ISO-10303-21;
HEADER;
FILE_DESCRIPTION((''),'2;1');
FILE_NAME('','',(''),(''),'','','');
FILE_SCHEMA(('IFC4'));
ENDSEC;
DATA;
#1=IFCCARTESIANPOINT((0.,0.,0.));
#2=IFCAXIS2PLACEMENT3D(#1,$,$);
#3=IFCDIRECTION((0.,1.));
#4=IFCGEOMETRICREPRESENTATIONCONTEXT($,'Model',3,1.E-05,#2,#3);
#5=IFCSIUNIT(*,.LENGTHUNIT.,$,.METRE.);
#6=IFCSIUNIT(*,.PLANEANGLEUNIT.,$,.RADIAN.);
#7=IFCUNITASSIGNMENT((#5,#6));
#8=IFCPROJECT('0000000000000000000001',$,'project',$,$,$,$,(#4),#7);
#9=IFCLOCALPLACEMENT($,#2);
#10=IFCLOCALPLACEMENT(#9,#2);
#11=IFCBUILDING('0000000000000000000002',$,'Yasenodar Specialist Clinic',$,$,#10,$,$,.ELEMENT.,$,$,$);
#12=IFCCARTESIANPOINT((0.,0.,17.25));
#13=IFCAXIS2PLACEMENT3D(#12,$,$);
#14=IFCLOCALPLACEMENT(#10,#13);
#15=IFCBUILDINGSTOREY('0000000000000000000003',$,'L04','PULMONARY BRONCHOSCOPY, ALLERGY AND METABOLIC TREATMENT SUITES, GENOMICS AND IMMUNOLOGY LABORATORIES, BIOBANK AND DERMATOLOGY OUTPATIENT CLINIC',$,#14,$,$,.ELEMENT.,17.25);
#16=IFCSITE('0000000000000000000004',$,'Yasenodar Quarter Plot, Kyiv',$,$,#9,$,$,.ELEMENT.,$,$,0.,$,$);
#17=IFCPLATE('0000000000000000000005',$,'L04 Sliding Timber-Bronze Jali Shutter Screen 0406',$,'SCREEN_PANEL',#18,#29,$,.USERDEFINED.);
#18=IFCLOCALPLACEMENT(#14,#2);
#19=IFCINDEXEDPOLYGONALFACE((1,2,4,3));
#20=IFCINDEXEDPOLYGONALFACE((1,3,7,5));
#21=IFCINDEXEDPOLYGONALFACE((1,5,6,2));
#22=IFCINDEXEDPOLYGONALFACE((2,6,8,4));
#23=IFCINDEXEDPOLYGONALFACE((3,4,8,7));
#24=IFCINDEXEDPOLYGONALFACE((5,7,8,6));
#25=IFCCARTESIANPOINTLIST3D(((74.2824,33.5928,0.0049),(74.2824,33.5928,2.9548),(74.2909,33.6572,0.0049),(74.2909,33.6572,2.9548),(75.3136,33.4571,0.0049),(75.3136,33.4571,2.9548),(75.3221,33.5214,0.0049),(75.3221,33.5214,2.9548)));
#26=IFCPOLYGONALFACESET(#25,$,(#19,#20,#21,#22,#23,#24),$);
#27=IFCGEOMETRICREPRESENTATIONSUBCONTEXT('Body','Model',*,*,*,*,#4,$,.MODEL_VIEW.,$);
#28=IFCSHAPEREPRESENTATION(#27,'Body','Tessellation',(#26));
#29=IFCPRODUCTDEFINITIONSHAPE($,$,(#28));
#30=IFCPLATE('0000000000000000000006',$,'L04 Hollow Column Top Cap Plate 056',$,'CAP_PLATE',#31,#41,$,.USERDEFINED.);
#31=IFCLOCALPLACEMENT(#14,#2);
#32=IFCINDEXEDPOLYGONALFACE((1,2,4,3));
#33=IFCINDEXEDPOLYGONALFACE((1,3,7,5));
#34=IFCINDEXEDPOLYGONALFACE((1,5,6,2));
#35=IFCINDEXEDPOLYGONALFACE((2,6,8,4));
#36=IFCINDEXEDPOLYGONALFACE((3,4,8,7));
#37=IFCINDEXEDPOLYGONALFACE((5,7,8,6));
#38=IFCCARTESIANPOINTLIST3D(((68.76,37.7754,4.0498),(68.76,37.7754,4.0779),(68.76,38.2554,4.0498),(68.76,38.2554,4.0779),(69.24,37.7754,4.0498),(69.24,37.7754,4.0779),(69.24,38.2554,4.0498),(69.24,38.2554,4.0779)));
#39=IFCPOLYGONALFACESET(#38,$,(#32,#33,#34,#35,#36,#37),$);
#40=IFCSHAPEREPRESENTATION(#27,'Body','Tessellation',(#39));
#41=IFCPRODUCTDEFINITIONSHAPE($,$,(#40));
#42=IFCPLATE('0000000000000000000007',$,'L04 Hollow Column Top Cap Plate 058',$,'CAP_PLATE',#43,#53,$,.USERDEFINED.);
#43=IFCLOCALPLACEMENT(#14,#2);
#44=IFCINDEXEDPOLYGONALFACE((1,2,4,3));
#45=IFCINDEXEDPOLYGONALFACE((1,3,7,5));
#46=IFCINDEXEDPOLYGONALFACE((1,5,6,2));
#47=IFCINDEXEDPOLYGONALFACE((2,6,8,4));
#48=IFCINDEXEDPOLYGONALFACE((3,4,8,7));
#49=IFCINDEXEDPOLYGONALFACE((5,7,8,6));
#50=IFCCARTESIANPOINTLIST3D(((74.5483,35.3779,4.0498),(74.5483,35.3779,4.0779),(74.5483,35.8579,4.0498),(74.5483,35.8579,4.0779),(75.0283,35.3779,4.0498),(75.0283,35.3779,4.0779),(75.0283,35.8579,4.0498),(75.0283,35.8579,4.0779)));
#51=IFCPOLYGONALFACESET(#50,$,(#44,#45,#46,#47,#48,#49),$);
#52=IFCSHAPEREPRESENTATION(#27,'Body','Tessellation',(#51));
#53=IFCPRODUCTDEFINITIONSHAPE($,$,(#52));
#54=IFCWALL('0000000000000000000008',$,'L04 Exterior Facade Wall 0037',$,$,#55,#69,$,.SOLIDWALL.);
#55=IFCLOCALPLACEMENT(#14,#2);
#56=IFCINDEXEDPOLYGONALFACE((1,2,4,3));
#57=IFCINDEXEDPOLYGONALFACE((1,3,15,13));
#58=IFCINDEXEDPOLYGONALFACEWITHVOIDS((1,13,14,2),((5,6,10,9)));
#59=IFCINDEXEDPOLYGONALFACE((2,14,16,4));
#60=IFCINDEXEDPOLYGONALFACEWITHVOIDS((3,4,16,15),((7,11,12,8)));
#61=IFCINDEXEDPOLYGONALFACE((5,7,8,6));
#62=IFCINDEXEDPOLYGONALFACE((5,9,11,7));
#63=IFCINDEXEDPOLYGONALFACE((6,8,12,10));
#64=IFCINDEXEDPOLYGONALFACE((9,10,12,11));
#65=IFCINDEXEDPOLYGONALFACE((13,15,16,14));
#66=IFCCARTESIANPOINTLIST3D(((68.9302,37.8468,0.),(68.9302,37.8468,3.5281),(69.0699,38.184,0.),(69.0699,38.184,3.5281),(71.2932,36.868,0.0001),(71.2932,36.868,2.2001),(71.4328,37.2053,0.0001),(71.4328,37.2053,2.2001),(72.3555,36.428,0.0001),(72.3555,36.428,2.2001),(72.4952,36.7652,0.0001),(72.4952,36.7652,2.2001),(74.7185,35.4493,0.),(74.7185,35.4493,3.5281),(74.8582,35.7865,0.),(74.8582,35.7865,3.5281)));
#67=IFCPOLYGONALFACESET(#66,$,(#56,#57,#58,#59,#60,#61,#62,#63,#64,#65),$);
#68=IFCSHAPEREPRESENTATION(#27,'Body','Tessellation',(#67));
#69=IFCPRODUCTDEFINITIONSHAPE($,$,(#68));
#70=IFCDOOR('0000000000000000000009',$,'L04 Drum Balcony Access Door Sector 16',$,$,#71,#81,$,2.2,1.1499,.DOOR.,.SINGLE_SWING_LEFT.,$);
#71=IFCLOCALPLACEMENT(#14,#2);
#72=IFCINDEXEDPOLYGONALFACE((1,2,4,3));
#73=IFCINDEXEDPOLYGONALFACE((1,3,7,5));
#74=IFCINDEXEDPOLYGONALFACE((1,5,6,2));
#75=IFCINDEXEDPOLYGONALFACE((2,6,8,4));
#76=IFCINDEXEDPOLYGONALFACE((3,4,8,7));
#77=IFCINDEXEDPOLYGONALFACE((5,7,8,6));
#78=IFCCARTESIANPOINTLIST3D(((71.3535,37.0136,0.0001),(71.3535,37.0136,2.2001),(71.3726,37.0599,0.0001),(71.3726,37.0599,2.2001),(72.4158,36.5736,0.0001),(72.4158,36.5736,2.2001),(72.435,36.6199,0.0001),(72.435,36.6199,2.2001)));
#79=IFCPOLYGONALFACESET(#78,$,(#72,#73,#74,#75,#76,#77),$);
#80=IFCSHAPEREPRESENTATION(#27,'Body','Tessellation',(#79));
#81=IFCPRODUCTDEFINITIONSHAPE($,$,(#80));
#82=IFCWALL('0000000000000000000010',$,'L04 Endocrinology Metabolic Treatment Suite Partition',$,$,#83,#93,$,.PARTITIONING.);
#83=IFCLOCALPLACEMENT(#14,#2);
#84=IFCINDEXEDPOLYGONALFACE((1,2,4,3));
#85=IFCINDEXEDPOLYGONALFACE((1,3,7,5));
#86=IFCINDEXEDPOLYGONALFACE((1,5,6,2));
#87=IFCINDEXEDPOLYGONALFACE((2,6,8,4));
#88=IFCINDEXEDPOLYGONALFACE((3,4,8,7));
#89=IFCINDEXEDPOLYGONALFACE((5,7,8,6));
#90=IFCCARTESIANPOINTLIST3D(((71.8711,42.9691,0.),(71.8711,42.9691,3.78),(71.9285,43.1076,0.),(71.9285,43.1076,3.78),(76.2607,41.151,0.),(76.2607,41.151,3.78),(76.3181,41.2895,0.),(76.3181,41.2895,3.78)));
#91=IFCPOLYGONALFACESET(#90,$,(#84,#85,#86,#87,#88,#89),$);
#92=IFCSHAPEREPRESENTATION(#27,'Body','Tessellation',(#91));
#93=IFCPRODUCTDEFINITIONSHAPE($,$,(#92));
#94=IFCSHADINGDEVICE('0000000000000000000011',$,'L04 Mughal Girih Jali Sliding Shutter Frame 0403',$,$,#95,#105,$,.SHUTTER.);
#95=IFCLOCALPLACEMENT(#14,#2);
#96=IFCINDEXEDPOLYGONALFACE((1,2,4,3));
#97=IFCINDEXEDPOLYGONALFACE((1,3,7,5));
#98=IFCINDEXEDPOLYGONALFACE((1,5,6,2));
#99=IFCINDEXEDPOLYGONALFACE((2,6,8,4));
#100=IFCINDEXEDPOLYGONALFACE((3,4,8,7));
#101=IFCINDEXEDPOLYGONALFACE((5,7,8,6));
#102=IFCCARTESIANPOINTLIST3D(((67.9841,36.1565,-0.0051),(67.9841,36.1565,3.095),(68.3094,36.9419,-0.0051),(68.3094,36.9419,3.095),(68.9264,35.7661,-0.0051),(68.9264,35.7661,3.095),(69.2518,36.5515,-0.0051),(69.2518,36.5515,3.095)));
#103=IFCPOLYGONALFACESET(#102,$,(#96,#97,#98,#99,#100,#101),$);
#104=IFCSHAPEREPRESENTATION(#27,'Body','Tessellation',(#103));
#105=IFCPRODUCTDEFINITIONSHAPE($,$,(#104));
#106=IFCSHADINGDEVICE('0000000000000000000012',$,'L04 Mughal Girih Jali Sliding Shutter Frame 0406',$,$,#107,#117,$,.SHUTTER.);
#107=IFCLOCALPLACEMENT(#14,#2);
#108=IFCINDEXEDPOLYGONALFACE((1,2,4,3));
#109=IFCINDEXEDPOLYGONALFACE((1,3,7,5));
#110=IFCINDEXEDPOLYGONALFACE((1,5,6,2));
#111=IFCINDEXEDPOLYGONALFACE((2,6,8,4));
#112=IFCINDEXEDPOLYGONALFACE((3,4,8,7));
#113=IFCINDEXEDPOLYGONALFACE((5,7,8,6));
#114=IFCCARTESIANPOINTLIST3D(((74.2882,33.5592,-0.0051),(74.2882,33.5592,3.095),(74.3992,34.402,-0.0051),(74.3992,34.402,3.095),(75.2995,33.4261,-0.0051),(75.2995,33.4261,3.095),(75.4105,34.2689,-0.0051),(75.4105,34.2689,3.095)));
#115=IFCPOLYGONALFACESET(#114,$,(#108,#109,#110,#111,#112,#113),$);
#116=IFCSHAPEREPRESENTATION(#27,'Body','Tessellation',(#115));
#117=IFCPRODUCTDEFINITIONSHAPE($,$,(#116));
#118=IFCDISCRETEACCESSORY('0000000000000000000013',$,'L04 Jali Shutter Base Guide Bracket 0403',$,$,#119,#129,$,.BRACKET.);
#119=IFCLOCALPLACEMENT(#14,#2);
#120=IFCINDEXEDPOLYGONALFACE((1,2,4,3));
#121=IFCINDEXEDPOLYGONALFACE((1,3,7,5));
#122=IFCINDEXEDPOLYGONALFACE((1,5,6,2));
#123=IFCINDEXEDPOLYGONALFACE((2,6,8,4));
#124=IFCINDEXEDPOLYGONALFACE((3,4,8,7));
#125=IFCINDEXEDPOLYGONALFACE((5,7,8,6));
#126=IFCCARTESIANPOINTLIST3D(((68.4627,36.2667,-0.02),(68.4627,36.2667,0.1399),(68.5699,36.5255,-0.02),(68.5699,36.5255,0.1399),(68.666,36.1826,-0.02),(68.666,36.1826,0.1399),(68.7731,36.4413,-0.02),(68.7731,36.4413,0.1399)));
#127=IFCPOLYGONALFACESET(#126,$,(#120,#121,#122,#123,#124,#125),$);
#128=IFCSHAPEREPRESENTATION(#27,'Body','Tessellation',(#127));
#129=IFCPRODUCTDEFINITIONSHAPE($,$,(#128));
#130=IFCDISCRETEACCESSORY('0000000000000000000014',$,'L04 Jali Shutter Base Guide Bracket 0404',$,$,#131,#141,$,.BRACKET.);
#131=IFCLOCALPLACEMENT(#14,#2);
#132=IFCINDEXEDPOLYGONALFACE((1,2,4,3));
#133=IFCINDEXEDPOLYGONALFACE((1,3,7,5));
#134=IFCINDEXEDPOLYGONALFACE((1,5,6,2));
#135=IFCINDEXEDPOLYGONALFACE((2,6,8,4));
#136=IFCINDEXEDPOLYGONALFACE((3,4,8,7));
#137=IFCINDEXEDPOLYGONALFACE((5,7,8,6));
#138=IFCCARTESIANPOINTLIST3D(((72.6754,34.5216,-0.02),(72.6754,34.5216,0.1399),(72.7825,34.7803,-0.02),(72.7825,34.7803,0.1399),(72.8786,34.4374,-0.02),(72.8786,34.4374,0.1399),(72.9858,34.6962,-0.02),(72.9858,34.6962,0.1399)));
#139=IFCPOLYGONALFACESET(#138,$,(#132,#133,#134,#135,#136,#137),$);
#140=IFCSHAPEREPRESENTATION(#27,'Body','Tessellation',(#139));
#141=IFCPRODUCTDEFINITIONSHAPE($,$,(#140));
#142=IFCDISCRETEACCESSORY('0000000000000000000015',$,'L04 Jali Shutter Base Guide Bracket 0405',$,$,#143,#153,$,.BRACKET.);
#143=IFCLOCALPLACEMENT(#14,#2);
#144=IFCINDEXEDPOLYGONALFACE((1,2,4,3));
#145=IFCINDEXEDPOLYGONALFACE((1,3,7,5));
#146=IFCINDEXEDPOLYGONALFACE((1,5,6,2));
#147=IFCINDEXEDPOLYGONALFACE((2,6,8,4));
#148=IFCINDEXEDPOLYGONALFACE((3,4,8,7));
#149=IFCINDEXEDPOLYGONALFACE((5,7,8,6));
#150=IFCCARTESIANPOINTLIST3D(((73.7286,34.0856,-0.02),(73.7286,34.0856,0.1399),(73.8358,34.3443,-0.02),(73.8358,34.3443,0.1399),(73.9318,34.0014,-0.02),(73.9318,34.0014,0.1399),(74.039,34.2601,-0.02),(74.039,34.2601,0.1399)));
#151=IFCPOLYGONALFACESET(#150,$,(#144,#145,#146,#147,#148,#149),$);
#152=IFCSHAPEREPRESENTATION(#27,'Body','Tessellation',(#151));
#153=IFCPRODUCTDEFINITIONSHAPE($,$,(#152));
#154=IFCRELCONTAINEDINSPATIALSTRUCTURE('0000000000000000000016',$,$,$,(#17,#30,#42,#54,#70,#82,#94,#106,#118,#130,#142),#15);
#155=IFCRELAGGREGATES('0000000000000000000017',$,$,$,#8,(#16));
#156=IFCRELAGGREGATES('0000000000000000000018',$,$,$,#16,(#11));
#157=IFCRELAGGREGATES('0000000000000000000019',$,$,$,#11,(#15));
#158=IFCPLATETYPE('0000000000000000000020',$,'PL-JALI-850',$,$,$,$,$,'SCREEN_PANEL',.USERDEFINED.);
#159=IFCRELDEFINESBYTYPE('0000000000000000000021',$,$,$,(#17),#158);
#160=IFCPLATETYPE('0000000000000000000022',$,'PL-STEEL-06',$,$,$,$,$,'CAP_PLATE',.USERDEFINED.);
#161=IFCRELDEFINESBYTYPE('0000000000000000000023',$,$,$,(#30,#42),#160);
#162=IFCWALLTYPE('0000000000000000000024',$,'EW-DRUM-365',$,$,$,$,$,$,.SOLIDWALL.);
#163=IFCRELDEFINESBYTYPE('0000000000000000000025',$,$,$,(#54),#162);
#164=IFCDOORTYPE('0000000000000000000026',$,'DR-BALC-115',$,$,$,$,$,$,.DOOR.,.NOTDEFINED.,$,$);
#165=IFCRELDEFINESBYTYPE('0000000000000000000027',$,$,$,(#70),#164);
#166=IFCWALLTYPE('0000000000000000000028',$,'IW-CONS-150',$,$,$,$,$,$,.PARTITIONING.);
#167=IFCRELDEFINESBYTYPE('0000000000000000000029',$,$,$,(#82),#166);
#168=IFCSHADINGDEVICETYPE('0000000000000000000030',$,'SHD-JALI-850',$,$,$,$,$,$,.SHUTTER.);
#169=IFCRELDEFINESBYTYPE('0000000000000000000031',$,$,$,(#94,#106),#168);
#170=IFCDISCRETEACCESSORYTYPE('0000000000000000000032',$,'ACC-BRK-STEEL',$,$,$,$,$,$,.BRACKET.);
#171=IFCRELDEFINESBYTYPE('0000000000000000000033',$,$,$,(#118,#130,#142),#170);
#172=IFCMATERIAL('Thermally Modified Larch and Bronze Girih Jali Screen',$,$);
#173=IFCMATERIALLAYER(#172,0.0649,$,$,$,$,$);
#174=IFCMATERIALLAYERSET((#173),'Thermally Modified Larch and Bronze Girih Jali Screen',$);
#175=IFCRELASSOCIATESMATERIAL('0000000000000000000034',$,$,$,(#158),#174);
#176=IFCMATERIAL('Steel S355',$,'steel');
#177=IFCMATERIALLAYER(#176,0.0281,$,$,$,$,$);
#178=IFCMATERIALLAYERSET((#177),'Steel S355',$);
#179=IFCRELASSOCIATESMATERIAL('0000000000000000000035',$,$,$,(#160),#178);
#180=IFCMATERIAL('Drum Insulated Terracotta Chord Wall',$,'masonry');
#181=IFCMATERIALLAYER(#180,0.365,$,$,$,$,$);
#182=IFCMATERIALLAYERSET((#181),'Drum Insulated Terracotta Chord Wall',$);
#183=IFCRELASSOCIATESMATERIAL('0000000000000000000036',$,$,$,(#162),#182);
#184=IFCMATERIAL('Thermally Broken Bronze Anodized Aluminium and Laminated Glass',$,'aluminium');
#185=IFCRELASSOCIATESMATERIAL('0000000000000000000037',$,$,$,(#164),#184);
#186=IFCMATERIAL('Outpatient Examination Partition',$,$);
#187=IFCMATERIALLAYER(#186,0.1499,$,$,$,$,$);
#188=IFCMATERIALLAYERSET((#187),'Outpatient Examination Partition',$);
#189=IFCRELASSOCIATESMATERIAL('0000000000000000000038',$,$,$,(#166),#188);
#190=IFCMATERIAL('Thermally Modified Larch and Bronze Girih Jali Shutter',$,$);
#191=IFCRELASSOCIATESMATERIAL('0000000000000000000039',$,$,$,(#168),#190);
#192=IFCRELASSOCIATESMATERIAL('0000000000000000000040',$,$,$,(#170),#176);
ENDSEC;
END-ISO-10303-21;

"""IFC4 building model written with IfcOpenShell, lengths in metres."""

from ifc_helpers import new_model, si_unit, direction, frame, frame_2d, origin, origin_2d, place, context, subcontext, project, spatial, rectangle, extrude, material, layer, layer_set, type_object, element, fill, save


model = new_model("IFC4")

# Units and contexts
model_context = context("Model", 3, precision=1e-05, world=origin(), true_north=direction((0.0, 1.0)))
body_context = subcontext(model_context, "Body", "Model", "MODEL_VIEW")
ifc_project = project(units=[si_unit("LENGTHUNIT", "METRE"), si_unit("PLANEANGLEUNIT", "RADIAN")], contexts=[model_context])

# Site, building, storey
site_placement = place(None, origin())
site = spatial("IfcSite", under=ifc_project, at=site_placement, Name="Yasenodar Quarter Plot, Kyiv", CompositionType="ELEMENT", RefElevation=0.0)
building_placement = place(site_placement, origin())
building = spatial("IfcBuilding", under=site, at=building_placement, Name="Yasenodar Specialist Clinic", CompositionType="ELEMENT")
storey_placement = place(building_placement, frame((0.0, 0.0, 17.25)))
storey = spatial("IfcBuildingStorey", under=building, at=storey_placement, Name="L04", Description="PULMONARY BRONCHOSCOPY, ALLERGY AND METABOLIC TREATMENT SUITES, GENOMICS AND IMMUNOLOGY LABORATORIES, BIOBANK AND DERMATOLOGY OUTPATIENT CLINIC", CompositionType="ELEMENT", Elevation=17.25)

# Shared definitions
ifc_material_1 = material(Name="Steel S355", Category="steel")

# Plates
ifc_material_2 = material(Name="Thermally Modified Larch and Bronze Girih Jali Screen")
ifc_layer_1 = layer(ifc_material_2, 0.0649)
ifc_layer_set_1 = layer_set([ifc_layer_1], Name="Thermally Modified Larch and Bronze Girih Jali Screen")
plate_type_1 = type_object("IfcPlateType", Name="PL-JALI-850", ElementType="SCREEN_PANEL", PredefinedType="USERDEFINED", material=ifc_layer_set_1)
for number, where, z_axis, x_axis, name in (
    (1, (74.8022, 33.5571, 0.0049), (0.0, 0.0, 1.0), (0.991446, -0.130519, 0.0), "L04 Sliding Timber-Bronze Jali Shutter Screen 0406"),
):
    element("IfcPlate", number, at=place(storey_placement, frame(where, z_axis=z_axis, x_axis=x_axis)), inside=storey, type_object=plate_type_1, Name=name, ObjectType="SCREEN_PANEL", PredefinedType="USERDEFINED", context=body_context, shape_type="SweptSolid", body=[
        extrude(rectangle(XDim=1.04, YDim=0.0649, at=origin_2d()), origin(), (0.0, 0.0, 1.0), 2.95),
    ])
ifc_layer_2 = layer(ifc_material_1, 0.0281)
ifc_layer_set_2 = layer_set([ifc_layer_2], Name="Steel S355")
plate_type_2 = type_object("IfcPlateType", Name="PL-STEEL-06", ElementType="CAP_PLATE", PredefinedType="USERDEFINED", material=ifc_layer_set_2)
for number, where, z_axis, x_axis, name in (
    (2, (69.0, 38.0154, 4.0498), (0.0, 0.0, 1.0), (1.0, 0.0, 0.0), "L04 Hollow Column Top Cap Plate 056"),
    (3, (74.7883, 35.6179, 4.0498), (0.0, 0.0, 1.0), (1.0, 0.0, 0.0), "L04 Hollow Column Top Cap Plate 058"),
):
    element("IfcPlate", number, at=place(storey_placement, frame(where, z_axis=z_axis, x_axis=x_axis)), inside=storey, type_object=plate_type_2, Name=name, ObjectType="CAP_PLATE", PredefinedType="USERDEFINED", context=body_context, shape_type="SweptSolid", body=[
        extrude(rectangle(XDim=0.48, YDim=0.48, at=origin_2d()), origin(), (0.0, 0.0, 1.0), 0.0281),
    ])

# Wall, opening, door
ifc_material_3 = material(Name="Drum Insulated Terracotta Chord Wall", Category="masonry")
ifc_layer_3 = layer(ifc_material_3, 0.365)
ifc_layer_set_3 = layer_set([ifc_layer_3], Name="Drum Insulated Terracotta Chord Wall")
wall_type_1 = type_object("IfcWallType", Name="EW-DRUM-365", PredefinedType="SOLIDWALL", material=ifc_layer_set_3)
wall_1_placement = place(storey_placement, frame((74.7883, 35.6179, 0.0), z_axis=(0.0, 0.0, 1.0), x_axis=(-0.923888, 0.382664, 0.0)))
wall_1 = element("IfcWall", 4, at=wall_1_placement, inside=storey, type_object=wall_type_1, Name="L04 Exterior Facade Wall 0037", PredefinedType="SOLIDWALL", context=body_context, shape_type="SweptSolid", body=[
    extrude(rectangle(XDim=6.2651, YDim=0.365, at=frame_2d((3.1326, 0.0))), origin(), (0.0, 0.0, 1.0), 3.5281),
])
opening_placement = place(wall_1_placement, frame((2.5576, 0.0, 0.0)))
opening = element("IfcOpeningElement", 5, at=opening_placement, cuts=wall_1, PredefinedType="OPENING", context=body_context, shape_type="SweptSolid", body=[
    extrude(rectangle(XDim=1.1499, YDim=2.2, at=frame_2d((0.575, 1.1001))), frame((0.0, 0.1924, 0.0), z_axis=(0.0, -1.0, 0.0), x_axis=(1.0, 0.0, 0.0)), (0.0, 0.0, 1.0), 0.385),
])
ifc_material_4 = material(Name="Thermally Broken Bronze Anodized Aluminium and Laminated Glass", Category="aluminium")
door_type = type_object("IfcDoorType", Name="DR-BALC-115", OperationType="NOTDEFINED", PredefinedType="DOOR", material=ifc_material_4)
door_placement = place(opening_placement, origin())
door = element("IfcDoor", 6, at=door_placement, inside=storey, type_object=door_type, Name="L04 Drum Balcony Access Door Sector 16", OperationType="SINGLE_SWING_LEFT", OverallHeight=2.2, OverallWidth=1.1499, PredefinedType="DOOR", context=body_context, shape_type="SweptSolid", body=[
    extrude(rectangle(XDim=1.1499, YDim=2.2, at=frame_2d((0.575, 1.1001))), frame((0.0, 0.0249, 0.0), z_axis=(0.0, -1.0, 0.0), x_axis=(1.0, 0.0, 0.0)), (0.0, 0.0, 1.0), 0.05),
])
fill(opening, door)

# Wall
ifc_material_5 = material(Name="Outpatient Examination Partition")
ifc_layer_4 = layer(ifc_material_5, 0.1499)
ifc_layer_set_4 = layer_set([ifc_layer_4], Name="Outpatient Examination Partition")
wall_type_2 = type_object("IfcWallType", Name="IW-CONS-150", PredefinedType="PARTITIONING", material=ifc_layer_set_4)
wall_2_placement = place(storey_placement, frame((71.8999, 43.0383, 0.0), z_axis=(0.0, 0.0, 1.0), x_axis=(0.92389, -0.382659, 0.0)))
element("IfcWall", 7, at=wall_2_placement, inside=storey, type_object=wall_type_2, Name="L04 Endocrinology Metabolic Treatment Suite Partition", PredefinedType="PARTITIONING", context=body_context, shape_type="SweptSolid", body=[
    extrude(rectangle(XDim=4.7512, YDim=0.1499, at=frame_2d((2.3755, 0.0))), origin(), (0.0, 0.0, 1.0), 3.78),
])

# Shading devices
ifc_material_6 = material(Name="Thermally Modified Larch and Bronze Girih Jali Shutter")
shading_device_type = type_object("IfcShadingDeviceType", Name="SHD-JALI-850", PredefinedType="SHUTTER", material=ifc_material_6)
for number, where, z_axis, x_axis, name in (
    (8, (68.6179, 36.354, -0.0051), (0.0, 0.0, 1.0), (0.923878, -0.382687, 0.0), "L04 Mughal Girih Jali Sliding Shutter Frame 0403"),
    (9, (74.8494, 33.9141, -0.0051), (0.0, 0.0, 1.0), (0.991446, -0.130519, 0.0), "L04 Mughal Girih Jali Sliding Shutter Frame 0406"),
):
    element("IfcShadingDevice", number, at=place(storey_placement, frame(where, z_axis=z_axis, x_axis=x_axis)), inside=storey, type_object=shading_device_type, Name=name, PredefinedType="SHUTTER", context=body_context, shape_type="SweptSolid", body=[
        extrude(rectangle(XDim=1.02, YDim=0.8501, at=origin_2d()), origin(), (0.0, 0.0, 1.0), 3.1001),
    ])

# Discrete accessories
discrete_accessory_type = type_object("IfcDiscreteAccessoryType", Name="ACC-BRK-STEEL", PredefinedType="BRACKET", material=ifc_material_1)
for number, where, z_axis, x_axis, name in (
    (10, (68.6179, 36.354, -0.02), (0.0, 0.0, 1.0), (0.923878, -0.382687, 0.0), "L04 Jali Shutter Base Guide Bracket 0403"),
    (11, (72.8306, 34.6089, -0.02), (0.0, 0.0, 1.0), (0.923878, -0.382687, 0.0), "L04 Jali Shutter Base Guide Bracket 0404"),
    (12, (73.8838, 34.1729, -0.02), (0.0, 0.0, 1.0), (0.923878, -0.382687, 0.0), "L04 Jali Shutter Base Guide Bracket 0405"),
):
    element("IfcDiscreteAccessory", number, at=place(storey_placement, frame(where, z_axis=z_axis, x_axis=x_axis)), inside=storey, type_object=discrete_accessory_type, Name=name, PredefinedType="BRACKET", context=body_context, shape_type="SweptSolid", body=[
        extrude(rectangle(XDim=0.22, YDim=0.28, at=origin_2d()), origin(), (0.0, 0.0, 1.0), 0.1599),
    ])

save(model, "model.ifc")
